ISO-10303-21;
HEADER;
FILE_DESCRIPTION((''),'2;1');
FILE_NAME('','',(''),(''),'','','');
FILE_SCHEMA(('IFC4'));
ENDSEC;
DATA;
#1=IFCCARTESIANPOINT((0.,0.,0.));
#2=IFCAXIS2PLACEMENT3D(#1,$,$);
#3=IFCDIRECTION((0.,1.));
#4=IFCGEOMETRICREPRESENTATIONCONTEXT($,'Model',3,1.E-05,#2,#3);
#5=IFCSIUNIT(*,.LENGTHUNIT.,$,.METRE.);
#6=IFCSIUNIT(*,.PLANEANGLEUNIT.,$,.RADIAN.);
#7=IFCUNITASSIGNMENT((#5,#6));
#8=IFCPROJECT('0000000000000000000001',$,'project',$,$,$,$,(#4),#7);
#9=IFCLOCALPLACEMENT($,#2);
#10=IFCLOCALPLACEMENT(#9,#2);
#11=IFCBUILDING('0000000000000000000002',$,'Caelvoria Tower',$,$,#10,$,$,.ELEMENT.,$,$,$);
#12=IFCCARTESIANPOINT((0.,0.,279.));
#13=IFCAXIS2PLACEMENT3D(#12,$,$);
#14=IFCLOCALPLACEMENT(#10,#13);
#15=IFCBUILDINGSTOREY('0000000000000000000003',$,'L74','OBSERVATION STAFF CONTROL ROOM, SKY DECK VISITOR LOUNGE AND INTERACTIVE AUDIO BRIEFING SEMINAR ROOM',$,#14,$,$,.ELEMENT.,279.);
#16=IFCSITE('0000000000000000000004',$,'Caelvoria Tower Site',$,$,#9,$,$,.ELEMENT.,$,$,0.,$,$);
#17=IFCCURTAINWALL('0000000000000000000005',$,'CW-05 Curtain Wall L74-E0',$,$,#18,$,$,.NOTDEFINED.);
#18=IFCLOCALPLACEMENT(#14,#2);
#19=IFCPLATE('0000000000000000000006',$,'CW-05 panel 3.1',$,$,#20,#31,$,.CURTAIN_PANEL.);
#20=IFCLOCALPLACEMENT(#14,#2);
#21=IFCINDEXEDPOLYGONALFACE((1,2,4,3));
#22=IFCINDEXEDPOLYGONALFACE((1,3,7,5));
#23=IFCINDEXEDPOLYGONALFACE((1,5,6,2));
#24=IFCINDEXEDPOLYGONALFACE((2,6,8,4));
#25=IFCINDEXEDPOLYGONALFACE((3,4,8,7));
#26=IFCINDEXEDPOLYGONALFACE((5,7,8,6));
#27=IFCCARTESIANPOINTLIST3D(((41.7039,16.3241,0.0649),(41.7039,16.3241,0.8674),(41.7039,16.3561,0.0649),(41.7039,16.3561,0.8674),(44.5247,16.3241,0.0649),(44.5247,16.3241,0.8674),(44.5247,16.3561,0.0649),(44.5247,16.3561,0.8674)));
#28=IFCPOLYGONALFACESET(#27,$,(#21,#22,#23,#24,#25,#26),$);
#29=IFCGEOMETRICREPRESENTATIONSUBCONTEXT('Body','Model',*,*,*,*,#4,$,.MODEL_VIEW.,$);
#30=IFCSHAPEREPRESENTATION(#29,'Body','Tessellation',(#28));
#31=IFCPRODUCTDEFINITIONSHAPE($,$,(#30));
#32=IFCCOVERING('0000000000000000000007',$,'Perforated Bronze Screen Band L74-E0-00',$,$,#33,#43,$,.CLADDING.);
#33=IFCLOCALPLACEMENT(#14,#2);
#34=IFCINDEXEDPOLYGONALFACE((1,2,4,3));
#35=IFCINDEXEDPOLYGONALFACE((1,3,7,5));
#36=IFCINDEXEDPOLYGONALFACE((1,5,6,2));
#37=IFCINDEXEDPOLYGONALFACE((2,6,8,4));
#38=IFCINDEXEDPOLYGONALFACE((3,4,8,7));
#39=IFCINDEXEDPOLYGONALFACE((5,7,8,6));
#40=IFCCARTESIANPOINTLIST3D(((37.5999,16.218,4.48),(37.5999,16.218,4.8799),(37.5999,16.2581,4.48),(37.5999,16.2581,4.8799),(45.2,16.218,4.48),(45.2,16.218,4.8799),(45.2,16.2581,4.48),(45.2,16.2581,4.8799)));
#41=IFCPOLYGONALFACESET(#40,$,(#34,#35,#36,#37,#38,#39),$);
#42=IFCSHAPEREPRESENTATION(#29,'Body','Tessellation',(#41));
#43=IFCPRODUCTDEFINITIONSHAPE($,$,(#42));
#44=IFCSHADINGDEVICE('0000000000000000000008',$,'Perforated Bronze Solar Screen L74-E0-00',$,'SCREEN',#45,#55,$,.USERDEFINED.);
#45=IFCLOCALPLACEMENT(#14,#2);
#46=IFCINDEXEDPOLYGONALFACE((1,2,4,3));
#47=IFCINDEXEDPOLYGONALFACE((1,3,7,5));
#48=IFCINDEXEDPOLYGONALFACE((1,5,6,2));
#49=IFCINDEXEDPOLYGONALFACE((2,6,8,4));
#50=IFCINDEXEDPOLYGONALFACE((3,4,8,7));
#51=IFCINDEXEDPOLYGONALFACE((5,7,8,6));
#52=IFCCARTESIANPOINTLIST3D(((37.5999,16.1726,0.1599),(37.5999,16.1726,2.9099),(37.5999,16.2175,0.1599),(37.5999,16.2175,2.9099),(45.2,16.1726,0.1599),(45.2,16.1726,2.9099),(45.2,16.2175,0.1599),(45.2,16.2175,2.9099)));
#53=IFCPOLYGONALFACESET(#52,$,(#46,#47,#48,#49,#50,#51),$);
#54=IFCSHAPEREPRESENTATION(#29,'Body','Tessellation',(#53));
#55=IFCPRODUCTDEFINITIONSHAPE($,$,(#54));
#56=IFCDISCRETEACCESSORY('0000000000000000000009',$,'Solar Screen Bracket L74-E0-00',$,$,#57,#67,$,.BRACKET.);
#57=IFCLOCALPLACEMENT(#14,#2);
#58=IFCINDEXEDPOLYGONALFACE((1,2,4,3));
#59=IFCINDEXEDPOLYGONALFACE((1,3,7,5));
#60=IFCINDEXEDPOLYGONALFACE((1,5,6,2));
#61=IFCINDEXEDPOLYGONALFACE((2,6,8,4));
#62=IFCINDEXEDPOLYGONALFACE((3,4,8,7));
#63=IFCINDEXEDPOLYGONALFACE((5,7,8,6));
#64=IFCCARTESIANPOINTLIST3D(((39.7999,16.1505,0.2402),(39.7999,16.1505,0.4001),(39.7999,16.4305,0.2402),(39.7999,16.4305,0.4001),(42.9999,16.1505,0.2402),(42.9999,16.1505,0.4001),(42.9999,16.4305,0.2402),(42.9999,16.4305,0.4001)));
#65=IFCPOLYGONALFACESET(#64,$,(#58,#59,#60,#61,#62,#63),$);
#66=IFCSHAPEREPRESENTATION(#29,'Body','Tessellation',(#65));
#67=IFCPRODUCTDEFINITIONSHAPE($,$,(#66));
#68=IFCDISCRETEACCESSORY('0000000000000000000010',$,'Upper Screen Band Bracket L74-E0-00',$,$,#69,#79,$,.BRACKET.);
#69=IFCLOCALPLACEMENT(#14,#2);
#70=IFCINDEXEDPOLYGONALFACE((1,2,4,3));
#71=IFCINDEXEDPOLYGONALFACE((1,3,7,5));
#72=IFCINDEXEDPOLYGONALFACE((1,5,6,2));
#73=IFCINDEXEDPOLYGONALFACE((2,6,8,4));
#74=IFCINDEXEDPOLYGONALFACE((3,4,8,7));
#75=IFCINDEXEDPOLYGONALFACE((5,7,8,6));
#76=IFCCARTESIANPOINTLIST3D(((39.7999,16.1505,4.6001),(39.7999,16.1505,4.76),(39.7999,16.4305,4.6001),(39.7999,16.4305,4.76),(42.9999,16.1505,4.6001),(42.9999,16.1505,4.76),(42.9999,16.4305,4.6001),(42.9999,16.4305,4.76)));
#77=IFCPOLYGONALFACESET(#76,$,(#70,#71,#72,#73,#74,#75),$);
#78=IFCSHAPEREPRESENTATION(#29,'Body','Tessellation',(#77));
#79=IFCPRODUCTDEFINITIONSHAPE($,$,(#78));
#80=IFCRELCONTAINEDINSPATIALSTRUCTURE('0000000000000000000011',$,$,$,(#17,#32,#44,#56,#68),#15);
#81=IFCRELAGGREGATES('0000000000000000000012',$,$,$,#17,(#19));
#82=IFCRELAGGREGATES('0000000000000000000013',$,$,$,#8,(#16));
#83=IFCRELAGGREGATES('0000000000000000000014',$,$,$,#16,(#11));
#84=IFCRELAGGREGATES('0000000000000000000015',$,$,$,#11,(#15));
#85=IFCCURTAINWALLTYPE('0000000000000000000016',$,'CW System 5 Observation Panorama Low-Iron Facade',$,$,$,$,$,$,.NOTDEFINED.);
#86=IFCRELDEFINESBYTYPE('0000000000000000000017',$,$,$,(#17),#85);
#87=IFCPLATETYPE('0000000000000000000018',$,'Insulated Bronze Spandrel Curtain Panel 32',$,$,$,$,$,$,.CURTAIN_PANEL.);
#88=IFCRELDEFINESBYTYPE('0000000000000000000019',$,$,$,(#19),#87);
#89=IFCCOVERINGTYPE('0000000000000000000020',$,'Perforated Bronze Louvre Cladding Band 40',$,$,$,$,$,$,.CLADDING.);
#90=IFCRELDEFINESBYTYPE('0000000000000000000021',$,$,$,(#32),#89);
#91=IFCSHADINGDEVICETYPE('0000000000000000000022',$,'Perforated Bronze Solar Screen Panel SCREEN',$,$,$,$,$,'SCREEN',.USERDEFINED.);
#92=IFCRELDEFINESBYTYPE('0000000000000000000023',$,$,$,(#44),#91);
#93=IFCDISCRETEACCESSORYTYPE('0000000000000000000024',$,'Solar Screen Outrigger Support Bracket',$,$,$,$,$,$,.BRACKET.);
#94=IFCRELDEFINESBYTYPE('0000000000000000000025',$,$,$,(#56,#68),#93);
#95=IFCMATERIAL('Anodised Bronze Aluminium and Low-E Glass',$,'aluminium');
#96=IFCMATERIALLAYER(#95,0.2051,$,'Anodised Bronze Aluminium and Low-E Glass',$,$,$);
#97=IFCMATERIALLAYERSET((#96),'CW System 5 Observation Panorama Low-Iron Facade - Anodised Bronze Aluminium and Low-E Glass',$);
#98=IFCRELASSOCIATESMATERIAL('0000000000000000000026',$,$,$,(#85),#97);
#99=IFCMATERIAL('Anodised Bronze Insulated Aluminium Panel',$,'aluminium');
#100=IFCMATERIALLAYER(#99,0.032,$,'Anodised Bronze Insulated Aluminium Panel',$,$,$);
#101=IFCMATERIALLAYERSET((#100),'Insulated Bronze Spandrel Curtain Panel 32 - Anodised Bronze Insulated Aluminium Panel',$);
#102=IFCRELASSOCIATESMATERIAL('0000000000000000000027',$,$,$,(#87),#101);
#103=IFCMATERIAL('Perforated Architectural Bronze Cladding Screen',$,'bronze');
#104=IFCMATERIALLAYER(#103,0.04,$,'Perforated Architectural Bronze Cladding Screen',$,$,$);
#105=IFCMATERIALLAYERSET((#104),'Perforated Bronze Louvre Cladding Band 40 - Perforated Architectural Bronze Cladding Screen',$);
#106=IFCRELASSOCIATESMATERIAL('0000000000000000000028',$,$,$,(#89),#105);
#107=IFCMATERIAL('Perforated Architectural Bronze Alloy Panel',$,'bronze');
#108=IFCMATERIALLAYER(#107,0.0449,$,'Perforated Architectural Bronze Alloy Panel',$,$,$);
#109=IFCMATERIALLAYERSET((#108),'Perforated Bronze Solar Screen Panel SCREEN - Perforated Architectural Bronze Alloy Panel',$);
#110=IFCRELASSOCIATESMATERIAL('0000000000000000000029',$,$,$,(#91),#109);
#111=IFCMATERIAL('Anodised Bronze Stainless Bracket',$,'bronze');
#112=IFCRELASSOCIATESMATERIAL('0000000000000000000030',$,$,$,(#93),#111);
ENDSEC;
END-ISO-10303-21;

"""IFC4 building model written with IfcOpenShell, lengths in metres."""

from ifc_helpers import new_model, si_unit, direction, frame, origin, origin_2d, place, context, subcontext, project, spatial, rectangle, extrude, material, layer, layer_set, type_object, element, aggregate, save


model = new_model("IFC4")

# Units and contexts
model_context = context("Model", 3, precision=1e-05, world=origin(), true_north=direction((0.0, 1.0)))
body_context = subcontext(model_context, "Body", "Model", "MODEL_VIEW")
ifc_project = project(units=[si_unit("LENGTHUNIT", "METRE"), si_unit("PLANEANGLEUNIT", "RADIAN")], contexts=[model_context])

# Site, building, storey
site_placement = place(None, origin())
site = spatial("IfcSite", under=ifc_project, at=site_placement, Name="Caelvoria Tower Site", CompositionType="ELEMENT", RefElevation=0.0)
building_placement = place(site_placement, origin())
building = spatial("IfcBuilding", under=site, at=building_placement, Name="Caelvoria Tower", CompositionType="ELEMENT")
storey_placement = place(building_placement, frame((0.0, 0.0, 279.0)))
storey = spatial("IfcBuildingStorey", under=building, at=storey_placement, Name="L74", Description="OBSERVATION STAFF CONTROL ROOM, SKY DECK VISITOR LOUNGE AND INTERACTIVE AUDIO BRIEFING SEMINAR ROOM", CompositionType="ELEMENT", Elevation=279.0)

# Curtain wall
ifc_material_1 = material(Name="Anodised Bronze Aluminium and Low-E Glass", Category="aluminium")
ifc_layer_1 = layer(ifc_material_1, 0.2051, Name="Anodised Bronze Aluminium and Low-E Glass")
ifc_layer_set_1 = layer_set([ifc_layer_1], Name="CW System 5 Observation Panorama Low-Iron Facade - Anodised Bronze Aluminium and Low-E Glass")
curtain_wall_type = type_object("IfcCurtainWallType", Name="CW System 5 Observation Panorama Low-Iron Facade", PredefinedType="NOTDEFINED", material=ifc_layer_set_1)
curtain_wall_1_placement = place(storey_placement, origin())
curtain_wall_1 = element("IfcCurtainWall", 1, at=curtain_wall_1_placement, inside=storey, type_object=curtain_wall_type, Name="CW-05 Curtain Wall L74-E0", PredefinedType="NOTDEFINED")

# Plate
ifc_material_2 = material(Name="Anodised Bronze Insulated Aluminium Panel", Category="aluminium")
ifc_layer_2 = layer(ifc_material_2, 0.032, Name="Anodised Bronze Insulated Aluminium Panel")
ifc_layer_set_2 = layer_set([ifc_layer_2], Name="Insulated Bronze Spandrel Curtain Panel 32 - Anodised Bronze Insulated Aluminium Panel")
plate_type_1 = type_object("IfcPlateType", Name="Insulated Bronze Spandrel Curtain Panel 32", PredefinedType="CURTAIN_PANEL", material=ifc_layer_set_2)
plate_1_placement = place(storey_placement, frame((43.1143, 16.3401, 0.0649), z_axis=(0.0, 0.0, 1.0), x_axis=(1.0, 0.0, 0.0)))
plate_1 = element("IfcPlate", 2, at=plate_1_placement, type_object=plate_type_1, Name="CW-05 panel 3.1", PredefinedType="CURTAIN_PANEL", context=body_context, shape_type="SweptSolid", body=[
    extrude(rectangle(XDim=2.8208, YDim=0.032, at=origin_2d()), origin(), (0.0, 0.0, 1.0), 0.8025),
])
aggregate(curtain_wall_1, [plate_1])

# Covering
ifc_material_3 = material(Name="Perforated Architectural Bronze Cladding Screen", Category="bronze")
ifc_layer_3 = layer(ifc_material_3, 0.04, Name="Perforated Architectural Bronze Cladding Screen")
ifc_layer_set_3 = layer_set([ifc_layer_3], Name="Perforated Bronze Louvre Cladding Band 40 - Perforated Architectural Bronze Cladding Screen")
covering_type = type_object("IfcCoveringType", Name="Perforated Bronze Louvre Cladding Band 40", PredefinedType="CLADDING", material=ifc_layer_set_3)
covering_placement = place(storey_placement, frame((41.3999, 16.238, 4.48), z_axis=(0.0, 0.0, 1.0), x_axis=(1.0, 0.0, 0.0)))
element("IfcCovering", 3, at=covering_placement, inside=storey, type_object=covering_type, Name="Perforated Bronze Screen Band L74-E0-00", PredefinedType="CLADDING", context=body_context, shape_type="SweptSolid", body=[
    extrude(rectangle(XDim=7.6001, YDim=0.04, at=origin_2d()), origin(), (0.0, 0.0, 1.0), 0.3999),
])

# Shading device
ifc_material_4 = material(Name="Perforated Architectural Bronze Alloy Panel", Category="bronze")
ifc_layer_4 = layer(ifc_material_4, 0.0449, Name="Perforated Architectural Bronze Alloy Panel")
ifc_layer_set_4 = layer_set([ifc_layer_4], Name="Perforated Bronze Solar Screen Panel SCREEN - Perforated Architectural Bronze Alloy Panel")
shading_device_type = type_object("IfcShadingDeviceType", Name="Perforated Bronze Solar Screen Panel SCREEN", ElementType="SCREEN", PredefinedType="USERDEFINED", material=ifc_layer_set_4)
shading_device_placement = place(storey_placement, frame((41.3999, 16.1951, 0.1599), z_axis=(0.0, 0.0, 1.0), x_axis=(1.0, 0.0, 0.0)))
element("IfcShadingDevice", 4, at=shading_device_placement, inside=storey, type_object=shading_device_type, Name="Perforated Bronze Solar Screen L74-E0-00", ObjectType="SCREEN", PredefinedType="USERDEFINED", context=body_context, shape_type="SweptSolid", body=[
    extrude(rectangle(XDim=7.6001, YDim=0.0449, at=origin_2d()), origin(), (0.0, 0.0, 1.0), 2.75),
])

# Discrete accessories
ifc_material_5 = material(Name="Anodised Bronze Stainless Bracket", Category="bronze")
discrete_accessory_type = type_object("IfcDiscreteAccessoryType", Name="Solar Screen Outrigger Support Bracket", PredefinedType="BRACKET", material=ifc_material_5)
for number, where, z_axis, x_axis, name in (
    (5, (41.3999, 16.2905, 0.2402), (0.0, 0.0, 1.0), (1.0, 0.0, 0.0), "Solar Screen Bracket L74-E0-00"),
    (6, (41.3999, 16.2905, 4.6001), (0.0, 0.0, 1.0), (1.0, 0.0, 0.0), "Upper Screen Band Bracket L74-E0-00"),
):
    element("IfcDiscreteAccessory", number, at=place(storey_placement, frame(where, z_axis=z_axis, x_axis=x_axis)), inside=storey, type_object=discrete_accessory_type, Name=name, PredefinedType="BRACKET", context=body_context, shape_type="SweptSolid", body=[
        extrude(rectangle(XDim=3.2, YDim=0.28, at=origin_2d()), origin(), (0.0, 0.0, 1.0), 0.1599),
    ])

save(model, "model.ifc")
